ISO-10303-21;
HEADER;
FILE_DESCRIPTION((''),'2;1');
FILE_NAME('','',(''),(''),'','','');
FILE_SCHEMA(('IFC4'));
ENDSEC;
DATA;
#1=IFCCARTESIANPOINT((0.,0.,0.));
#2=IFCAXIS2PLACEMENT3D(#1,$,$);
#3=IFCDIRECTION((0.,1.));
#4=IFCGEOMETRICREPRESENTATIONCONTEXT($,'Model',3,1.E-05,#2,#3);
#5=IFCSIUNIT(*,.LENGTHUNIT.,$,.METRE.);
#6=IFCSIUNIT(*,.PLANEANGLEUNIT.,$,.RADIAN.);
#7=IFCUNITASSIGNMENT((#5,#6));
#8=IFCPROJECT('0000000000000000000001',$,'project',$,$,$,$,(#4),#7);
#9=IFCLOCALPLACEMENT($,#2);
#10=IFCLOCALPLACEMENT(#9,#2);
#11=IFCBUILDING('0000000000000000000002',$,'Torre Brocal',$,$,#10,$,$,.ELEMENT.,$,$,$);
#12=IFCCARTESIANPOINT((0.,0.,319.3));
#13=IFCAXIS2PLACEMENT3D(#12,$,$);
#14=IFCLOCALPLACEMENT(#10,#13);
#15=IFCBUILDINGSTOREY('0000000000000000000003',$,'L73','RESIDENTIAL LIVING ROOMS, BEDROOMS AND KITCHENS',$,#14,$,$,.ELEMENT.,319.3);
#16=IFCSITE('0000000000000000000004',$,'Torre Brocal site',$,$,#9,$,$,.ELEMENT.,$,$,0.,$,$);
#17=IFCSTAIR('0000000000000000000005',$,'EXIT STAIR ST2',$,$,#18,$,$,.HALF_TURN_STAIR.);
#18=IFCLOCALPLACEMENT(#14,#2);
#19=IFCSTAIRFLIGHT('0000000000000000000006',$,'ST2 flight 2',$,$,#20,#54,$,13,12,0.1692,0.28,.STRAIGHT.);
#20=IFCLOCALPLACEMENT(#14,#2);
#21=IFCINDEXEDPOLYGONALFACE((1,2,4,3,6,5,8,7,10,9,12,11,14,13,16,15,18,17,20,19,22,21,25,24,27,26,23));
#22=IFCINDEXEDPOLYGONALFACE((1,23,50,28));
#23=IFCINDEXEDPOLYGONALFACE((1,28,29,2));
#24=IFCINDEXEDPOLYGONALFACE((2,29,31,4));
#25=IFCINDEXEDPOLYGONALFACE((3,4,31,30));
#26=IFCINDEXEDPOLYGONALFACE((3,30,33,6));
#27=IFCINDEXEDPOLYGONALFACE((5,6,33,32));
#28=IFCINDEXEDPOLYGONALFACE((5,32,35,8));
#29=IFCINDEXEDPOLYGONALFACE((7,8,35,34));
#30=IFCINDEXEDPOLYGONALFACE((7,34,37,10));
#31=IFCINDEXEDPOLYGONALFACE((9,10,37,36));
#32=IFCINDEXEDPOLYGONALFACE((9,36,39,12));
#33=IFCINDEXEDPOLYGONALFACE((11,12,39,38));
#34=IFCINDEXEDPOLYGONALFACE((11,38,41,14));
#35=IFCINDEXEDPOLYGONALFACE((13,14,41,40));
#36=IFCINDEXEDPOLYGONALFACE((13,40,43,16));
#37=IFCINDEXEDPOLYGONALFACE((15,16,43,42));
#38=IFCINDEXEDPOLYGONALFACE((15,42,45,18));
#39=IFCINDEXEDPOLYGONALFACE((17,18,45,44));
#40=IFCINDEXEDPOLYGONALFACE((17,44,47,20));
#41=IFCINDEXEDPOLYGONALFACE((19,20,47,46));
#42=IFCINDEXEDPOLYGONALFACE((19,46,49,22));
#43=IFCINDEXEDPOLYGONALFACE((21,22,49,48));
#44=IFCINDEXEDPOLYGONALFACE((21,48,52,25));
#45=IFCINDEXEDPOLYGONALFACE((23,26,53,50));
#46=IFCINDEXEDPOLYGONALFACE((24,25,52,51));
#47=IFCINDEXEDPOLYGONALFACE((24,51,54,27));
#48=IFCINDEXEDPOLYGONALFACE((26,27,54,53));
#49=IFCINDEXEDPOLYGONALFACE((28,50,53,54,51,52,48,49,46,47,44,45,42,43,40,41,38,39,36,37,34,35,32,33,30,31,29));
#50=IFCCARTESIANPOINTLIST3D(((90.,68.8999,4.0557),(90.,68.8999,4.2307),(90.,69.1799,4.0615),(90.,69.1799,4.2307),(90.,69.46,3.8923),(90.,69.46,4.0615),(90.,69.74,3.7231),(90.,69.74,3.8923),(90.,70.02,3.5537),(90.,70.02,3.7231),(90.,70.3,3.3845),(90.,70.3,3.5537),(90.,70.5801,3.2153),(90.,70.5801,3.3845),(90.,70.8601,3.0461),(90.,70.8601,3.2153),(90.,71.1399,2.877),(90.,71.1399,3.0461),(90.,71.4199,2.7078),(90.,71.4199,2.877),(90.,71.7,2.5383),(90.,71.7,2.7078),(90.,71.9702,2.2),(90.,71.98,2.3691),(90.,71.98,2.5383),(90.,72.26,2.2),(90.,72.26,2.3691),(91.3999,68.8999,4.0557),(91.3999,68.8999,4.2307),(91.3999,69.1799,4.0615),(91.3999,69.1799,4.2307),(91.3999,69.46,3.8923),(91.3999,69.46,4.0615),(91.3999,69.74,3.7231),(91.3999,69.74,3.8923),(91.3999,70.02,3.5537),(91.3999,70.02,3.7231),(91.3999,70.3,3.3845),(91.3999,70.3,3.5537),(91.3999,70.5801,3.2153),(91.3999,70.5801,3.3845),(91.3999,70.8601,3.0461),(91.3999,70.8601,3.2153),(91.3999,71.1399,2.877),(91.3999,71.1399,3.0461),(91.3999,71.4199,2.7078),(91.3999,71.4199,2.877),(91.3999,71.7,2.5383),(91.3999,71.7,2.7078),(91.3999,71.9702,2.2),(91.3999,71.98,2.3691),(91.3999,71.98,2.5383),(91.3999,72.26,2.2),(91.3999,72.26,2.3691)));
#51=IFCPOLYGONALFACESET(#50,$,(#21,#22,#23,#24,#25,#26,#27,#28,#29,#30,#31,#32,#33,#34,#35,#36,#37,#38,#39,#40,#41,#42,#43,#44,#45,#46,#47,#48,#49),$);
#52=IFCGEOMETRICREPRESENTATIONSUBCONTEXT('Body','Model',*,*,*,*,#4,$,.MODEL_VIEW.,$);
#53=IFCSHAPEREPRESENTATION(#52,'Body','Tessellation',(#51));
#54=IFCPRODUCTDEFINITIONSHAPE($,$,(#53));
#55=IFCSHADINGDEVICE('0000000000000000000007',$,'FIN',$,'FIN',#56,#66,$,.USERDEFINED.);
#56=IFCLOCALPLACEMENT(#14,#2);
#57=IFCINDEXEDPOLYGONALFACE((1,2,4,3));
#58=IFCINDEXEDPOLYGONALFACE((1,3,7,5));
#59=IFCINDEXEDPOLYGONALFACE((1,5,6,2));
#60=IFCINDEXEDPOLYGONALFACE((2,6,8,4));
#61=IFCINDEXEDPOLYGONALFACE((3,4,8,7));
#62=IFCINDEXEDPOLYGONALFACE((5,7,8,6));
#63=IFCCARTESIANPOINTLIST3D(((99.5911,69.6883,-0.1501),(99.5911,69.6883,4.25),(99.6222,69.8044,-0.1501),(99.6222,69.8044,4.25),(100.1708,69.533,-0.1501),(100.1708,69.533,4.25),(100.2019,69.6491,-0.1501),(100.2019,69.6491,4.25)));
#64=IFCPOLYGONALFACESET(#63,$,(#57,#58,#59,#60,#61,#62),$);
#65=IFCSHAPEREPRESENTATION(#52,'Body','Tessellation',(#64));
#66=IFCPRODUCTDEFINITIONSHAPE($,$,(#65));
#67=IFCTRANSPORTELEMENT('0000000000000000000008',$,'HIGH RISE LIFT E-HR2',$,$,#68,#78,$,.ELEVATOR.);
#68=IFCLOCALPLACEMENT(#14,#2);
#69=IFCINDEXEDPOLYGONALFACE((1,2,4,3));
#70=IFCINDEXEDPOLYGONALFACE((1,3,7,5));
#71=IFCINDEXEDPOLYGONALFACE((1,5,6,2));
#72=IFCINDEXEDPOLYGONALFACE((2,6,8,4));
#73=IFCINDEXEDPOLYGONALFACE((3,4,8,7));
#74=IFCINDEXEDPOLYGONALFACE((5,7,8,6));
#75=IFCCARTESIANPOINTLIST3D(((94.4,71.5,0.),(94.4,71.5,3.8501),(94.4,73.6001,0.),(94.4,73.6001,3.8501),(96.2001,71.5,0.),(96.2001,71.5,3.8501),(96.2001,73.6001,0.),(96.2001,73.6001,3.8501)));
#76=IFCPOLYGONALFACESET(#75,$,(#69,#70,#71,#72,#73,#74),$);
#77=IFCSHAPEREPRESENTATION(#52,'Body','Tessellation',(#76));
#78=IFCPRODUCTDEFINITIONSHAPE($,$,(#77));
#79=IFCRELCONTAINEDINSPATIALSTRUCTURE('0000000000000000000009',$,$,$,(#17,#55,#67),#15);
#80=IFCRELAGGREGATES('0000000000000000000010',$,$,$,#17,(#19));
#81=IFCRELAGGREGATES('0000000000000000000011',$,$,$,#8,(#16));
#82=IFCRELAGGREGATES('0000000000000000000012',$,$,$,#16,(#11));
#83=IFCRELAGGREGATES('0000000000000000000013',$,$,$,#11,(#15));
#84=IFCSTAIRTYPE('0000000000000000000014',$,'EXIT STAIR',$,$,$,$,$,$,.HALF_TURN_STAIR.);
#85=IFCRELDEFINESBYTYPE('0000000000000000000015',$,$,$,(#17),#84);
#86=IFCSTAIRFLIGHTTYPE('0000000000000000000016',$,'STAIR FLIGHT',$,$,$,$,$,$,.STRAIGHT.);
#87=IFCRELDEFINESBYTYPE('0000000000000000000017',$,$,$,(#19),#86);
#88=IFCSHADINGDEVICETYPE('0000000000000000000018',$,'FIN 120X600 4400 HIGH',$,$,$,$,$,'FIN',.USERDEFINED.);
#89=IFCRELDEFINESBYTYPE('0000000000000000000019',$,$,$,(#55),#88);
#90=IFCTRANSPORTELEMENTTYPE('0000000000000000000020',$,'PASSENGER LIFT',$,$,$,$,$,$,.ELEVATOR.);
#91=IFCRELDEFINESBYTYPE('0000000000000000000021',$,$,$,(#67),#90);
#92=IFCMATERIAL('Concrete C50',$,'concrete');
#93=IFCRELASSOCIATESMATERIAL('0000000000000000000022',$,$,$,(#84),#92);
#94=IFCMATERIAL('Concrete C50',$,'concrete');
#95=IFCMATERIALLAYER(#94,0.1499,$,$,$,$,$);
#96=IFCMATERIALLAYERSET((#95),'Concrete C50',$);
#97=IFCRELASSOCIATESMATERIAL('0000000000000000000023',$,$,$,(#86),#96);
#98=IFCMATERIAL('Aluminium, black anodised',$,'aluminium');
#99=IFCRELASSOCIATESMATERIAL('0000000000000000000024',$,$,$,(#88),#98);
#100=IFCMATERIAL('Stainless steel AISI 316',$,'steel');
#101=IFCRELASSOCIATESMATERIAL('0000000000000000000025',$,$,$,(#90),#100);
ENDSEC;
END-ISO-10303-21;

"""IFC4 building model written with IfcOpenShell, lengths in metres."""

from ifc_helpers import new_model, si_unit, direction, frame, origin, origin_2d, place, context, subcontext, project, spatial, polyline, rectangle, outline, extrude, material, layer, layer_set, material_profile, profile_set, type_object, element, aggregate, save


model = new_model("IFC4")

# Units and contexts
model_context = context("Model", 3, precision=1e-05, world=origin(), true_north=direction((0.0, 1.0)))
body_context = subcontext(model_context, "Body", "Model", "MODEL_VIEW")
ifc_project = project(units=[si_unit("LENGTHUNIT", "METRE"), si_unit("PLANEANGLEUNIT", "RADIAN")], contexts=[model_context])

# Site, building, storey
site_placement = place(None, origin())
site = spatial("IfcSite", under=ifc_project, at=site_placement, Name="Torre Brocal site", CompositionType="ELEMENT", RefElevation=0.0)
building_placement = place(site_placement, origin())
building = spatial("IfcBuilding", under=site, at=building_placement, Name="Torre Brocal", CompositionType="ELEMENT")
storey_placement = place(building_placement, frame((0.0, 0.0, 319.3)))
storey = spatial("IfcBuildingStorey", under=building, at=storey_placement, Name="L73", Description="RESIDENTIAL LIVING ROOMS, BEDROOMS AND KITCHENS", CompositionType="ELEMENT", Elevation=319.3)

# Stair, stair flight
ifc_material_1 = material(Name="Concrete C50", Category="concrete")
stair_type = type_object("IfcStairType", Name="EXIT STAIR", PredefinedType="HALF_TURN_STAIR", material=ifc_material_1)
stair_placement = place(storey_placement, origin())
stair = element("IfcStair", 1, at=stair_placement, inside=storey, type_object=stair_type, Name="EXIT STAIR ST2", PredefinedType="HALF_TURN_STAIR")
ifc_material_2 = material(Name="Concrete C50", Category="concrete")
ifc_layer_1 = layer(ifc_material_2, 0.1499)
ifc_layer_set_1 = layer_set([ifc_layer_1], Name="Concrete C50")
stair_flight_type = type_object("IfcStairFlightType", Name="STAIR FLIGHT", PredefinedType="STRAIGHT", material=ifc_layer_set_1)
stair_flight_placement = place(storey_placement, frame((90.7, 72.26, 2.2), z_axis=(0.0, 0.0, 1.0), x_axis=(0.0, -1.0, 0.0)))
stair_flight = element("IfcStairFlight", 2, at=stair_flight_placement, type_object=stair_flight_type, Name="ST2 flight 2", NumberOfRisers=13, NumberOfTreads=12, PredefinedType="STRAIGHT", RiserHeight=0.1692, TreadLength=0.28, context=body_context, shape_type="SweptSolid", body=[
    extrude(outline(polyline([(0.0, 0.0), (0.0, 0.1692), (0.28, 0.1692), (0.28, 0.3384), (0.5601, 0.3384), (0.5601, 0.5078), (0.8401, 0.5078), (0.8401, 0.677), (1.1201, 0.677), (1.1201, 0.8462), (1.3999, 0.8462), (1.3999, 1.0154), (1.6799, 1.0154), (1.6799, 1.1846), (1.96, 1.1846), (1.96, 1.3538), (2.24, 1.3538), (2.24, 1.5232), (2.52, 1.5232), (2.52, 1.6924), (2.8, 1.6924), (2.8, 1.8616), (3.0801, 1.8616), (3.0801, 2.0308), (3.3601, 2.0308), (3.3601, 2.2), (3.3601, 1.8557), (0.2898, 0.0), (0.0, 0.0)])), frame((0.0, 0.7, 0.0), z_axis=(0.0, -1.0, 0.0), x_axis=(1.0, 0.0, 0.0)), (0.0, 0.0, 1.0), 1.3999),
])
aggregate(stair, [stair_flight])

# Shading device
ifc_material_3 = material(Name="Aluminium, black anodised", Category="aluminium")
ifc_material_profile_1 = material_profile(ifc_material_3, rectangle(XDim=0.1201, YDim=0.6001, at=origin_2d()), Name="FIN 120X600 4400 HIGH")
ifc_profile_set_1 = profile_set([ifc_material_profile_1], Name="Aluminium, black anodised")
shading_device_type = type_object("IfcShadingDeviceType", Name="FIN 120X600 4400 HIGH", ElementType="FIN", PredefinedType="USERDEFINED", material=ifc_profile_set_1)
shading_device_placement = place(storey_placement, frame((99.8965, 69.6687, -0.1501), z_axis=(0.0, 0.0, 1.0), x_axis=(0.258819, 0.965926, 0.0)))
element("IfcShadingDevice", 3, at=shading_device_placement, inside=storey, type_object=shading_device_type, Name="FIN", ObjectType="FIN", PredefinedType="USERDEFINED", context=body_context, shape_type="SweptSolid", body=[
    extrude(rectangle(XDim=0.1201, YDim=0.6001, at=origin_2d()), origin(), (0.0, 0.0, 1.0), 4.4001),
])

# Transport element
ifc_material_4 = material(Name="Stainless steel AISI 316", Category="steel")
transport_element_type = type_object("IfcTransportElementType", Name="PASSENGER LIFT", PredefinedType="ELEVATOR", material=ifc_material_4)
transport_element_placement = place(storey_placement, frame((95.3, 72.55, 0.0), z_axis=(0.0, 0.0, 1.0), x_axis=(1.0, 0.0, 0.0)))
element("IfcTransportElement", 4, at=transport_element_placement, inside=storey, type_object=transport_element_type, Name="HIGH RISE LIFT E-HR2", PredefinedType="ELEVATOR", context=body_context, shape_type="SweptSolid", body=[
    extrude(rectangle(XDim=1.8, YDim=2.1001, at=origin_2d()), origin(), (0.0, 0.0, 1.0), 3.8501),
])

save(model, "model.ifc")
